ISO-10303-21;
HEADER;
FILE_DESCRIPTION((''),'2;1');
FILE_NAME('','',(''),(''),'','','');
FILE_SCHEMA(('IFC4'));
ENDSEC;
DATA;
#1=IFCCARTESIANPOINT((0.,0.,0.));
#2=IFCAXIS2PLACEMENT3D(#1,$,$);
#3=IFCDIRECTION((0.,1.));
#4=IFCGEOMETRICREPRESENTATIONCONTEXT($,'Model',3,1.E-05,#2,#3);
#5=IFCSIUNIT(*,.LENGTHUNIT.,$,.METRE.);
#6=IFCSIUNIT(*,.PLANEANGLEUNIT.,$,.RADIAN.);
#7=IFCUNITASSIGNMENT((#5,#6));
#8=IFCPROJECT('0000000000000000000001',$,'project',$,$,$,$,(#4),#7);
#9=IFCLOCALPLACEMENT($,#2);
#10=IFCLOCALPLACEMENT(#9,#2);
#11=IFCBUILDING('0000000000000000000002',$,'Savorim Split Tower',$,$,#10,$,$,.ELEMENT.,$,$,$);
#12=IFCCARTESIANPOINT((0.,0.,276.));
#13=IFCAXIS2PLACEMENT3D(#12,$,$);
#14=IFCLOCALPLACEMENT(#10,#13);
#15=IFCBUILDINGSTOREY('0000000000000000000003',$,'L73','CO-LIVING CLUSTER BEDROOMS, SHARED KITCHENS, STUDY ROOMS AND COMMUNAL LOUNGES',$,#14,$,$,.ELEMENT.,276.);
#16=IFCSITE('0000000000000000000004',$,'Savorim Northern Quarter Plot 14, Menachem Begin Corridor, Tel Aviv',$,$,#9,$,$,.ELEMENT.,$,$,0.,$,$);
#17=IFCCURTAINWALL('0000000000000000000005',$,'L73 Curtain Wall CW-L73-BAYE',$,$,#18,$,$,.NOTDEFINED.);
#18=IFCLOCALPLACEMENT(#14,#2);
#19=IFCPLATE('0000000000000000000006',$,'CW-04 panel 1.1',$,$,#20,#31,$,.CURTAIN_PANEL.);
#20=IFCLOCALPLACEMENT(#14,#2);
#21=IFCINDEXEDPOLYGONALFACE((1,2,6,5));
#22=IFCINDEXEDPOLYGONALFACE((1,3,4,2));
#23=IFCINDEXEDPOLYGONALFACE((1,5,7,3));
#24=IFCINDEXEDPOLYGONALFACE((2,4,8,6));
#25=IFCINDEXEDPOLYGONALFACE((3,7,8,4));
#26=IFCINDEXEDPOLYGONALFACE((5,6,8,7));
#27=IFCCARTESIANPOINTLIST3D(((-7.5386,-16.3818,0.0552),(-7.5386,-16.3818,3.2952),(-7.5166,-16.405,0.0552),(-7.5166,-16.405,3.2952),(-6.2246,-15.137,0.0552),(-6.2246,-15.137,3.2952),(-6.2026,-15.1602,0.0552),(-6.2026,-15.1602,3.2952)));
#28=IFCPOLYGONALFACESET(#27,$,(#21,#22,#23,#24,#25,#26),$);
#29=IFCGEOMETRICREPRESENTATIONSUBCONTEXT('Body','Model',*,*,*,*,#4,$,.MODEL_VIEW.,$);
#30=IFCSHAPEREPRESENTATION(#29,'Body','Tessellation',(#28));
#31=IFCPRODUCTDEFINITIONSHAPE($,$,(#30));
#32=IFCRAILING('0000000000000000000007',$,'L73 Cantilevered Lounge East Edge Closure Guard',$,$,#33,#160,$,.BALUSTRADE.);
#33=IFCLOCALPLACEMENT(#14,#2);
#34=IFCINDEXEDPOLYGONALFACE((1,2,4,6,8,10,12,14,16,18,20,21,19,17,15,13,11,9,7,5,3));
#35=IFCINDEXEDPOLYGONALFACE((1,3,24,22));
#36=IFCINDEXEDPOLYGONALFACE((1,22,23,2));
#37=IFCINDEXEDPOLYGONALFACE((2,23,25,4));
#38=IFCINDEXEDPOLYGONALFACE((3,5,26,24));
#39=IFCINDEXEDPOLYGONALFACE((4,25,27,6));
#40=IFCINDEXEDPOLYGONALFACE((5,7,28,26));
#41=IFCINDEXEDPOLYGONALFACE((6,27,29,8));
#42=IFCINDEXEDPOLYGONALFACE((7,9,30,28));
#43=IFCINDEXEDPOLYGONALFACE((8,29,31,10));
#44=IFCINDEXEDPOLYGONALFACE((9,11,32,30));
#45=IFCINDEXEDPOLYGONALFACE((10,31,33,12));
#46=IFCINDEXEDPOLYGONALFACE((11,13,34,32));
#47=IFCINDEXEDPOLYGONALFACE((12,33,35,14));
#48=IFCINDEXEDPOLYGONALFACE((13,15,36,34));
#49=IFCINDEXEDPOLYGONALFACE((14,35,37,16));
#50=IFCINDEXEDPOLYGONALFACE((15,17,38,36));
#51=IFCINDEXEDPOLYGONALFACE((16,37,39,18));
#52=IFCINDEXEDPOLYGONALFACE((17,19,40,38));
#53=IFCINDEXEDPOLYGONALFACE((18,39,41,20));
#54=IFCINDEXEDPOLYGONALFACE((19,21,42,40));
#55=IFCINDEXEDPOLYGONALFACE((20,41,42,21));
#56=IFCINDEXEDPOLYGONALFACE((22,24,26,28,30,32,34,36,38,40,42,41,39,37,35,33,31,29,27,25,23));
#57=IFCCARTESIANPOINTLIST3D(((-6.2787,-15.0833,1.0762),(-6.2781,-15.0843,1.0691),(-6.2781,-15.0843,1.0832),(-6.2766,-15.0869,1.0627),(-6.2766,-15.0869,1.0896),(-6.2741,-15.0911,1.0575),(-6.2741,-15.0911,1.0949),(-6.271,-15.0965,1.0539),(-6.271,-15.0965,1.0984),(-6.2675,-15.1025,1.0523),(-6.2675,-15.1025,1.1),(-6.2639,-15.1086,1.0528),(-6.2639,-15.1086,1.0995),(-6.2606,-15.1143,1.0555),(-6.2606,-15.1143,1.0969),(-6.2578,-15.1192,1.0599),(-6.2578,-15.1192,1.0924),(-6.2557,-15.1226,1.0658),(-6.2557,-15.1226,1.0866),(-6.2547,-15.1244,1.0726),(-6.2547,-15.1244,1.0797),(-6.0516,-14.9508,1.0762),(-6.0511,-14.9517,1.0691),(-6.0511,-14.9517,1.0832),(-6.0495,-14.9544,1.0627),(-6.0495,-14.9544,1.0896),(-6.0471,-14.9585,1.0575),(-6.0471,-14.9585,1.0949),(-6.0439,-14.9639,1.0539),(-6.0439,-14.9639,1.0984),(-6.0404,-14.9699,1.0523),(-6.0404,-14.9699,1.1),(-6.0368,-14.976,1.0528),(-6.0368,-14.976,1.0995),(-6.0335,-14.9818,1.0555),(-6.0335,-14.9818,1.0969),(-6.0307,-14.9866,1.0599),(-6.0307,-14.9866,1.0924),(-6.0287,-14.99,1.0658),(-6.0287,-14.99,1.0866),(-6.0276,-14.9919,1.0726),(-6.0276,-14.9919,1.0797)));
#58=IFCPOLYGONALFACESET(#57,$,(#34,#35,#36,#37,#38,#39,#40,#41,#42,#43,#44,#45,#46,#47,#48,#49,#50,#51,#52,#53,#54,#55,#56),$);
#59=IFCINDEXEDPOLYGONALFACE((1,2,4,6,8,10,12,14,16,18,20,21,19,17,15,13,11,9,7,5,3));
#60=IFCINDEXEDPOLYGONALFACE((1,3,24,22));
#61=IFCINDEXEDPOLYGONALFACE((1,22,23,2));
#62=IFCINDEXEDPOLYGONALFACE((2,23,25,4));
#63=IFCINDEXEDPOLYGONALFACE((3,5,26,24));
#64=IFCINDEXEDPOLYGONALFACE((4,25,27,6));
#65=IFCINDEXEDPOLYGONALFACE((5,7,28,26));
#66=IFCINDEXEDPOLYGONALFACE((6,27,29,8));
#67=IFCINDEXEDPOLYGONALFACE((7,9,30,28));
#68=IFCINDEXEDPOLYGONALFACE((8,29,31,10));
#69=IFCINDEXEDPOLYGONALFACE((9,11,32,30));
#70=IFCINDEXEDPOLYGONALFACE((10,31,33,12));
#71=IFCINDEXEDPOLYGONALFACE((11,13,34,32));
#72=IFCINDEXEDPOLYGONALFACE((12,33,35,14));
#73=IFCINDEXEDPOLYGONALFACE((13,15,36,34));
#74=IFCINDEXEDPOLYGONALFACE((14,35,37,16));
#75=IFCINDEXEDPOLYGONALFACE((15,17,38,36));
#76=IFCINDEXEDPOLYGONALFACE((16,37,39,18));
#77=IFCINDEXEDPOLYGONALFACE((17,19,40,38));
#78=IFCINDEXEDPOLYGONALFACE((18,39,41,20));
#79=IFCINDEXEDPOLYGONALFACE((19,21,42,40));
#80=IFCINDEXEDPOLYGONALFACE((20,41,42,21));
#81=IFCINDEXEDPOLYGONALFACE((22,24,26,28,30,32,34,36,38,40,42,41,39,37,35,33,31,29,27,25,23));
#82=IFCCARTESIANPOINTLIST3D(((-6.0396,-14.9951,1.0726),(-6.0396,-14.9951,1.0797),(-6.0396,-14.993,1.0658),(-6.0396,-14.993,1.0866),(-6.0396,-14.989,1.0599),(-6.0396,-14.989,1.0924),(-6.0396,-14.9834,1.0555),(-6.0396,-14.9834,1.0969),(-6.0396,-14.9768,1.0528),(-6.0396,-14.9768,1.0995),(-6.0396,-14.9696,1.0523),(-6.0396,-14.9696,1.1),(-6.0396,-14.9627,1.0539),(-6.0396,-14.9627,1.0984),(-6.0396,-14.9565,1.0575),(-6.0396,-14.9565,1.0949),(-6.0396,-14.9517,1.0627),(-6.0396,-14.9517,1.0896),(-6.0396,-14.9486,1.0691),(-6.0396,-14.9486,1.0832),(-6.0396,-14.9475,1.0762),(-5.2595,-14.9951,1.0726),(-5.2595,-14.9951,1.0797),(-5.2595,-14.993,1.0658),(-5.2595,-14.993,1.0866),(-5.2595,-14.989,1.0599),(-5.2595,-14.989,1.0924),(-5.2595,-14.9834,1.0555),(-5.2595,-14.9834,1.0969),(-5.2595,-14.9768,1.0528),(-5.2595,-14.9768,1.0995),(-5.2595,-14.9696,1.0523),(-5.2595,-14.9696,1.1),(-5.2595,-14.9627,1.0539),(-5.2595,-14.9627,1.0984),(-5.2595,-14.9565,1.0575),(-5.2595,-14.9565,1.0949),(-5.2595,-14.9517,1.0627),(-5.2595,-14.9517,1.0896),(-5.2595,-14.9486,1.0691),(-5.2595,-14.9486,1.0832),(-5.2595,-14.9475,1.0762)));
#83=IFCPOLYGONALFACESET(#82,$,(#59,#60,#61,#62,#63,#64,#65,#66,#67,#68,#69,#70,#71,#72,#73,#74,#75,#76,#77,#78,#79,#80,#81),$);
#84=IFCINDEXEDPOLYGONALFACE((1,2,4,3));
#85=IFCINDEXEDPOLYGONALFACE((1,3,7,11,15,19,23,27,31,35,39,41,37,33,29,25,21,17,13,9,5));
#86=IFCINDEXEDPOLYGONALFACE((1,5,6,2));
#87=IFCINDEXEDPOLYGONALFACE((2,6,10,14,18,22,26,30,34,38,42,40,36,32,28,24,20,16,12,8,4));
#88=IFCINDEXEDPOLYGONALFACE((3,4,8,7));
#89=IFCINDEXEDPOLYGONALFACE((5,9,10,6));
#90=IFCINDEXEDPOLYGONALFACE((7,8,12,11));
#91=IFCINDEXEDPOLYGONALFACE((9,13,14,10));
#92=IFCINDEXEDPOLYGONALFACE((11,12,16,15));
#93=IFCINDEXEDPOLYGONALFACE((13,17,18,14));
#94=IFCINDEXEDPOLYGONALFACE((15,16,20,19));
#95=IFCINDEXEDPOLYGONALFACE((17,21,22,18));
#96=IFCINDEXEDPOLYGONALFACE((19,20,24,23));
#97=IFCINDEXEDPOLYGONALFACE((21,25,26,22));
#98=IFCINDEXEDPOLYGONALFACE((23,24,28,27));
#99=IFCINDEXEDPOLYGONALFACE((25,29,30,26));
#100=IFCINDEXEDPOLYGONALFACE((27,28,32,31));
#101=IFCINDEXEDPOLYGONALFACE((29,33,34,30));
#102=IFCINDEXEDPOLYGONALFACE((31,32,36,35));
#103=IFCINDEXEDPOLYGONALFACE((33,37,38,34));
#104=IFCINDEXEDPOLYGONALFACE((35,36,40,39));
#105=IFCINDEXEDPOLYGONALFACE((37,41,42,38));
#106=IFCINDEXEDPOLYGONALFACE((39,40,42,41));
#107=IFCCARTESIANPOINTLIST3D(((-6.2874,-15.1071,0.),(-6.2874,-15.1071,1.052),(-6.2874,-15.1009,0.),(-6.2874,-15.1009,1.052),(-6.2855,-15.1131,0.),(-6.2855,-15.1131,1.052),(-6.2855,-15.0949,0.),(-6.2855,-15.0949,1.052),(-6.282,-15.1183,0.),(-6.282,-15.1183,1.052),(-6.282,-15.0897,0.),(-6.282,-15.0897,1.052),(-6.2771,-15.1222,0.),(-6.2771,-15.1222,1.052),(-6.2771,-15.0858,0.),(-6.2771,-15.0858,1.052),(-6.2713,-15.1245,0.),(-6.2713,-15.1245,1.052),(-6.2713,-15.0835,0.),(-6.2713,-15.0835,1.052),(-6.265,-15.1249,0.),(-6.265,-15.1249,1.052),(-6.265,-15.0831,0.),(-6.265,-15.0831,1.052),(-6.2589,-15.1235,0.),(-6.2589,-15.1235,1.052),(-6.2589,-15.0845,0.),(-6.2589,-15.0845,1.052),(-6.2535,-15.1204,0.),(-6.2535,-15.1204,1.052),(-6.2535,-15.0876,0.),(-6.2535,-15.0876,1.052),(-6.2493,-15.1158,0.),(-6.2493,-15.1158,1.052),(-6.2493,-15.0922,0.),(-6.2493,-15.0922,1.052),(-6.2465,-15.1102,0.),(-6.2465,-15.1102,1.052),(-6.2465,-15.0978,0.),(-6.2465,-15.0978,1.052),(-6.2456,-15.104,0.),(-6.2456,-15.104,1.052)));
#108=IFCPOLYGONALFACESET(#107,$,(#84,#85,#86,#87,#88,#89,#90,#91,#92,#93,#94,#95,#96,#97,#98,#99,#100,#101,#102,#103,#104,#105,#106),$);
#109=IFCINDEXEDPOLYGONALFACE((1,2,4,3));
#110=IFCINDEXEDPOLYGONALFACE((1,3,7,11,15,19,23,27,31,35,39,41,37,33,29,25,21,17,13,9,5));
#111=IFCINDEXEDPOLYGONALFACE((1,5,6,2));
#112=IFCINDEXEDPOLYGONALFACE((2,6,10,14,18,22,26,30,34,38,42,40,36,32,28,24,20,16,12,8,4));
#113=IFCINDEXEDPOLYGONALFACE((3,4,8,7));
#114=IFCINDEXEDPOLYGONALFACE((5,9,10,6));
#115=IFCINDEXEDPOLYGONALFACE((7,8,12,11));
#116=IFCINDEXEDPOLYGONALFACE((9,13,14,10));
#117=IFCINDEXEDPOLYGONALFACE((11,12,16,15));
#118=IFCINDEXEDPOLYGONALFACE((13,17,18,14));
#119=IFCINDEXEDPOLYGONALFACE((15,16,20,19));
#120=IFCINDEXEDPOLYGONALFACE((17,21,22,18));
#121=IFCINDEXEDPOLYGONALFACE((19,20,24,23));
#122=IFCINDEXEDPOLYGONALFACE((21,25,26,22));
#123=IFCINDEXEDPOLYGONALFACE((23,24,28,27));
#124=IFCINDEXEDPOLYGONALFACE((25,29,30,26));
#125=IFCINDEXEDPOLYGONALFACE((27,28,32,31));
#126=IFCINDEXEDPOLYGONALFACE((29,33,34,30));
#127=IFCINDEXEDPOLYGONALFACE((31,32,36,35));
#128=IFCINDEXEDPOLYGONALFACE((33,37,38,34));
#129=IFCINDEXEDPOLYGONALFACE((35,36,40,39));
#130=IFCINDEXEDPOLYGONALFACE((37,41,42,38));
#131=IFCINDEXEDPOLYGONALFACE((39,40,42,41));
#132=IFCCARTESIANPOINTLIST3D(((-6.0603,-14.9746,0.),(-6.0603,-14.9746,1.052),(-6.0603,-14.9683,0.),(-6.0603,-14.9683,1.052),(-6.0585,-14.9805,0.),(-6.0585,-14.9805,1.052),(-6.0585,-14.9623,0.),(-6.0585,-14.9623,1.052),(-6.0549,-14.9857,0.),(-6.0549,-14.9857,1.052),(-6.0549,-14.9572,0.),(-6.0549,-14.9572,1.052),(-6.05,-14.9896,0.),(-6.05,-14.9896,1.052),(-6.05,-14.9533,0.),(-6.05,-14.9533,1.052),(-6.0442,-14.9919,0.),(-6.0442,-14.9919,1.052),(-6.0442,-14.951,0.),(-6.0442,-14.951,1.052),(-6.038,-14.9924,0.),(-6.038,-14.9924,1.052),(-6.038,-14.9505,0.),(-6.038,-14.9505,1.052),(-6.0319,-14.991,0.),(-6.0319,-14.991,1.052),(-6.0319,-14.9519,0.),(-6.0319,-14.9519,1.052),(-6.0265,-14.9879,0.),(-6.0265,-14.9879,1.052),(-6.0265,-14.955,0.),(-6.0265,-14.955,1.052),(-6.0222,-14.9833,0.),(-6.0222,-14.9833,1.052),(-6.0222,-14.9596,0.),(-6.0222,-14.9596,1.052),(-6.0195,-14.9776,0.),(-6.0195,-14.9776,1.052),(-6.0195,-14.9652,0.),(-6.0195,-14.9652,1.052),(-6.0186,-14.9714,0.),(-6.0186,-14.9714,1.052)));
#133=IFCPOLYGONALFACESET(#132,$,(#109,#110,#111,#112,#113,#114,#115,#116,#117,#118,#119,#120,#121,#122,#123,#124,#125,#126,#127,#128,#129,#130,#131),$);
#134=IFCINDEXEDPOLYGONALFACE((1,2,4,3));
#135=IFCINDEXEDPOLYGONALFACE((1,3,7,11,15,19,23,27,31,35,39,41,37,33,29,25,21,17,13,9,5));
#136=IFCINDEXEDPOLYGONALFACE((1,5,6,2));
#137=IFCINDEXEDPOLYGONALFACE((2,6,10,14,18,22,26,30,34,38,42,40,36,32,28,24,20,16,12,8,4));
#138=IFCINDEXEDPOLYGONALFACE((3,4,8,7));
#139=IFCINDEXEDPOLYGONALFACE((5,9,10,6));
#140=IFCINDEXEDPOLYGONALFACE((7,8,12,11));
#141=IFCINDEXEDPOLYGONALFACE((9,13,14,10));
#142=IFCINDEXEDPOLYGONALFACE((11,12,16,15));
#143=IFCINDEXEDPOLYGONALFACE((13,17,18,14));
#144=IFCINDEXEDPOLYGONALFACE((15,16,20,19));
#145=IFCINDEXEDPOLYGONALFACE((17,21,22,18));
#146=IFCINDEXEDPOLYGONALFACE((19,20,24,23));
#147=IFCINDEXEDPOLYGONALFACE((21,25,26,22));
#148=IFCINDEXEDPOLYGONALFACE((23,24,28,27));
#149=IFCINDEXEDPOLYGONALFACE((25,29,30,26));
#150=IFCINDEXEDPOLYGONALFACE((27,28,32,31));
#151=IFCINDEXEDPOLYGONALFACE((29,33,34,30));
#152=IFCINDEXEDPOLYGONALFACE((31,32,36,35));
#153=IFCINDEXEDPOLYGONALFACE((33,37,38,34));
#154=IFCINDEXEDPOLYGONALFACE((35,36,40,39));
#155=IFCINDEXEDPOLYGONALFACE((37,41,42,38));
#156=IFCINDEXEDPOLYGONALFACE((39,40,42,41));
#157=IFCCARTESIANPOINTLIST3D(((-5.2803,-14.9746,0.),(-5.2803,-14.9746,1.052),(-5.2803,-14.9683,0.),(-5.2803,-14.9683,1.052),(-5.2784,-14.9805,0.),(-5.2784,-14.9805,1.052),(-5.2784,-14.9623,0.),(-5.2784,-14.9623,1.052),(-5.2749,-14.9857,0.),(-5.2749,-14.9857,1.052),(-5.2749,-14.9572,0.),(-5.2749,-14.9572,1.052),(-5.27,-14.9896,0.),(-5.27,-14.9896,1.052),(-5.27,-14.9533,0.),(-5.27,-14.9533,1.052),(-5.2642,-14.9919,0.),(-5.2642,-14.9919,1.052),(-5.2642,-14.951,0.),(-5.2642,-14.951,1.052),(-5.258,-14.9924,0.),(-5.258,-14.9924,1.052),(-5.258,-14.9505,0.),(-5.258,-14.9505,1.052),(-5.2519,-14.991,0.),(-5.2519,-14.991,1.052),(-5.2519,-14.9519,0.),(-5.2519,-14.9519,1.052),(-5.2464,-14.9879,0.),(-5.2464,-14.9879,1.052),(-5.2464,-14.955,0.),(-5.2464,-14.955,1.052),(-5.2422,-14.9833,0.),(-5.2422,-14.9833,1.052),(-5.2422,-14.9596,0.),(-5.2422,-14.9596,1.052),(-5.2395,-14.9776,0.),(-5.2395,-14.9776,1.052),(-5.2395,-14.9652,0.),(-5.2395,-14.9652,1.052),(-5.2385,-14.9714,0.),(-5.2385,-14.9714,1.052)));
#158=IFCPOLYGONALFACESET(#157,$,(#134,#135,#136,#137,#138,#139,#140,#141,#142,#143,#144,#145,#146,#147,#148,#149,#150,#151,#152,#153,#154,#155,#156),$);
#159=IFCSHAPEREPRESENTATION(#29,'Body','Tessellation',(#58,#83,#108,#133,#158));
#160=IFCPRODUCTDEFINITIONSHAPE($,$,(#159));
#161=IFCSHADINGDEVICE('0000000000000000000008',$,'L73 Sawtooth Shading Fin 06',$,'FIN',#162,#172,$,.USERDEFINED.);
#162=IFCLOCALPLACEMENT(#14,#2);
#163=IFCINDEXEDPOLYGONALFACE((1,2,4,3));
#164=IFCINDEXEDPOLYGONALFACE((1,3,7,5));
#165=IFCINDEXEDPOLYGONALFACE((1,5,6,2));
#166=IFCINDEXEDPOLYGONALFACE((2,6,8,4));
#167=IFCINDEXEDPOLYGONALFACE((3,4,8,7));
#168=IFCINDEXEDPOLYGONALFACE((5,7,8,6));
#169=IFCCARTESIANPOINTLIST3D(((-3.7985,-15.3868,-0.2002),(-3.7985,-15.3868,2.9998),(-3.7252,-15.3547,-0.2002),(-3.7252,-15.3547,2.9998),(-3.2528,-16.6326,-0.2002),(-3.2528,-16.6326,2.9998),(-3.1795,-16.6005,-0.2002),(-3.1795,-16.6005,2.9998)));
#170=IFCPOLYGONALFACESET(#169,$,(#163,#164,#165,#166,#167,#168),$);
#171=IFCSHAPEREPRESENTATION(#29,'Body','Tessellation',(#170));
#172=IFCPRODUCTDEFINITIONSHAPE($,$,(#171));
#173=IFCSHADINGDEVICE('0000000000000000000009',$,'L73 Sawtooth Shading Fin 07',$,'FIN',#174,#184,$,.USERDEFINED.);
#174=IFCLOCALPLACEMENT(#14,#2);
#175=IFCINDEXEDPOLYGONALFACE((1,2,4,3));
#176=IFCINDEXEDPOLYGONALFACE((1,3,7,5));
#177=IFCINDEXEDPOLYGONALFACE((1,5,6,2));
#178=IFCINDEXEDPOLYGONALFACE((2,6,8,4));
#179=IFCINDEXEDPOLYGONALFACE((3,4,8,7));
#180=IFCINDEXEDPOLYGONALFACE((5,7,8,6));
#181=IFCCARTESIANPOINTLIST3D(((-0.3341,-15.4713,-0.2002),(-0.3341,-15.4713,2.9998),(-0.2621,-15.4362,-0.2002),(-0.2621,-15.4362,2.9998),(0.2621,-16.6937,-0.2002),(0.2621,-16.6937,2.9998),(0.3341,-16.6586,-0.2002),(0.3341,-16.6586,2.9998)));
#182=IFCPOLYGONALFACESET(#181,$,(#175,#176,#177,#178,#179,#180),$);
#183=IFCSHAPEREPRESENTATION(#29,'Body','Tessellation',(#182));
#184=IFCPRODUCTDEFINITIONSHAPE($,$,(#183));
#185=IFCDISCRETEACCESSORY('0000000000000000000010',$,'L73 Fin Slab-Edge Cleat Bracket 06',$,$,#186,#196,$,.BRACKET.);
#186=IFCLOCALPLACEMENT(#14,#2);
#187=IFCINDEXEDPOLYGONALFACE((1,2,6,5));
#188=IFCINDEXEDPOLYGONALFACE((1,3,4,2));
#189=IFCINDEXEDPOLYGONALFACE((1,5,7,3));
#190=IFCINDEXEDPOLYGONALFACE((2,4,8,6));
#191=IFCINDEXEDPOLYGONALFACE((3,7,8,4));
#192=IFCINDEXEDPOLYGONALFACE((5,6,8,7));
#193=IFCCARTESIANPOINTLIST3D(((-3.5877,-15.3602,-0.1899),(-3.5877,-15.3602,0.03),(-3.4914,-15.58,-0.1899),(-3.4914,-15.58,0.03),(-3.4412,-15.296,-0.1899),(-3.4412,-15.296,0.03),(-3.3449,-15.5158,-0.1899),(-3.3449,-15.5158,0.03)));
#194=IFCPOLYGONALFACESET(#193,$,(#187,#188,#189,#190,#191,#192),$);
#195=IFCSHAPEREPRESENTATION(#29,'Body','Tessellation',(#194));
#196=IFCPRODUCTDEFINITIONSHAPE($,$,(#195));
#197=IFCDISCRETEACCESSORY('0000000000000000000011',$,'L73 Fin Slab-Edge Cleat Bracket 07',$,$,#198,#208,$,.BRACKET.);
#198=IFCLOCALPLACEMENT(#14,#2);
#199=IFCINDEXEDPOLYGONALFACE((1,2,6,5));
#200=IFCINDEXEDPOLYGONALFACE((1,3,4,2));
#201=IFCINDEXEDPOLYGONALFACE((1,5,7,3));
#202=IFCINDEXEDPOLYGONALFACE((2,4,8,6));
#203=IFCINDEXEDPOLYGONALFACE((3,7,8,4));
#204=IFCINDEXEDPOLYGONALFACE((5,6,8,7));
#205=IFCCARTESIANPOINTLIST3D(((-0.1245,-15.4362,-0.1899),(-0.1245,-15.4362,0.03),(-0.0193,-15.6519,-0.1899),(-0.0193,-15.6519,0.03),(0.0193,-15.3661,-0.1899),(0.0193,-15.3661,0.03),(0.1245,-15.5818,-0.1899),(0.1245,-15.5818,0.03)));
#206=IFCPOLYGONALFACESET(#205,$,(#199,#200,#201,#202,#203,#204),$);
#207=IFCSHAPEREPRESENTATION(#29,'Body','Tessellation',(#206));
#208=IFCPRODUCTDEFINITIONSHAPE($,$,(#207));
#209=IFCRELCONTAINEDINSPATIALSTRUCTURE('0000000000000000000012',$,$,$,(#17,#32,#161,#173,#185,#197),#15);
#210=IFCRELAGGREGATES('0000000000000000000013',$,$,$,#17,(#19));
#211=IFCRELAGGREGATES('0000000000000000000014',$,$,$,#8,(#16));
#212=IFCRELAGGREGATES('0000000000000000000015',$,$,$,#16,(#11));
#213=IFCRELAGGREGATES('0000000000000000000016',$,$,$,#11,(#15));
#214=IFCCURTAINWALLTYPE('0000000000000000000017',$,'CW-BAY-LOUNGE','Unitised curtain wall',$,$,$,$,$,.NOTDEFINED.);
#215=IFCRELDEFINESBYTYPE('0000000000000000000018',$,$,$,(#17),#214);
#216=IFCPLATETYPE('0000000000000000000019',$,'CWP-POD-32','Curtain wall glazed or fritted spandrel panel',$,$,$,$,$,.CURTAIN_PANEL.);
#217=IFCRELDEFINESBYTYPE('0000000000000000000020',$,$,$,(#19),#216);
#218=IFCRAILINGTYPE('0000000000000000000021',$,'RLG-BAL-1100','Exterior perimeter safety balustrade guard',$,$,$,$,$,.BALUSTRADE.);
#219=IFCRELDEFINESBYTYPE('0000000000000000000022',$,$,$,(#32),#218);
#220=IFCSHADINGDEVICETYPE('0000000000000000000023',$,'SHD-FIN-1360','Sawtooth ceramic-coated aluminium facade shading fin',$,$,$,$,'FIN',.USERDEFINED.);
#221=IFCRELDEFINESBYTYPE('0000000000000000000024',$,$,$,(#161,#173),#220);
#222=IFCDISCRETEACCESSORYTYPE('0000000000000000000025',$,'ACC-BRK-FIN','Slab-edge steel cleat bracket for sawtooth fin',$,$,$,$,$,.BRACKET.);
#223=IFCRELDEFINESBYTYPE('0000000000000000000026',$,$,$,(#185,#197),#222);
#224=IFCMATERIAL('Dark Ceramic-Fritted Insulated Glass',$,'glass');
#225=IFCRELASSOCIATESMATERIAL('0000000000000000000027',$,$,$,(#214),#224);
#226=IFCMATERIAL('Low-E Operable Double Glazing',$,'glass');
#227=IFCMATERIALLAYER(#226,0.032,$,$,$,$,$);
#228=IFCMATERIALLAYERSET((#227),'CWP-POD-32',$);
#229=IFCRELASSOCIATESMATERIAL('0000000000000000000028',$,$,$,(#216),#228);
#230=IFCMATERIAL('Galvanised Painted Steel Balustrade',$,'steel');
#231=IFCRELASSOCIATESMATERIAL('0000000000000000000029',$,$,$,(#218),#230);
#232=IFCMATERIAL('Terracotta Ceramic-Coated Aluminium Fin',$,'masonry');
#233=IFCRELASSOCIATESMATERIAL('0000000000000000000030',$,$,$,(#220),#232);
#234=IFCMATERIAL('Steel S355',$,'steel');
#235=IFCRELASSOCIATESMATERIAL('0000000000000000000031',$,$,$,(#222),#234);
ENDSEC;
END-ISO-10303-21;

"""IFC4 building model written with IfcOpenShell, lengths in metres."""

from ifc_helpers import new_model, si_unit, direction, frame, origin, origin_2d, place, context, subcontext, project, spatial, rectangle, circle, extrude, material, layer, layer_set, type_object, element, aggregate, save


model = new_model("IFC4")

# Units and contexts
model_context = context("Model", 3, precision=1e-05, world=origin(), true_north=direction((0.0, 1.0)))
body_context = subcontext(model_context, "Body", "Model", "MODEL_VIEW")
ifc_project = project(units=[si_unit("LENGTHUNIT", "METRE"), si_unit("PLANEANGLEUNIT", "RADIAN")], contexts=[model_context])

# Site, building, storey
site_placement = place(None, origin())
site = spatial("IfcSite", under=ifc_project, at=site_placement, Name="Savorim Northern Quarter Plot 14, Menachem Begin Corridor, Tel Aviv", CompositionType="ELEMENT", RefElevation=0.0)
building_placement = place(site_placement, origin())
building = spatial("IfcBuilding", under=site, at=building_placement, Name="Savorim Split Tower", CompositionType="ELEMENT")
storey_placement = place(building_placement, frame((0.0, 0.0, 276.0)))
storey = spatial("IfcBuildingStorey", under=building, at=storey_placement, Name="L73", Description="CO-LIVING CLUSTER BEDROOMS, SHARED KITCHENS, STUDY ROOMS AND COMMUNAL LOUNGES", CompositionType="ELEMENT", Elevation=276.0)

# Shared definitions
ifc_material_1 = material(Name="Steel S355", Category="steel")

# Shared definitions
ifc_material_2 = material(Name="Dark Ceramic-Fritted Insulated Glass", Category="glass")

# Shared definitions
curtain_wall_type_1 = type_object("IfcCurtainWallType", Name="CW-BAY-LOUNGE", Description="Unitised curtain wall", PredefinedType="NOTDEFINED", material=ifc_material_2)

# Curtain wall
curtain_wall_1_placement = place(storey_placement, origin())
curtain_wall_1 = element("IfcCurtainWall", 1, at=curtain_wall_1_placement, inside=storey, type_object=curtain_wall_type_1, Name="L73 Curtain Wall CW-L73-BAYE", PredefinedType="NOTDEFINED")

# Plate
ifc_material_3 = material(Name="Low-E Operable Double Glazing", Category="glass")
ifc_layer_1 = layer(ifc_material_3, 0.032)
ifc_layer_set_1 = layer_set([ifc_layer_1], Name="CWP-POD-32")
plate_type_1 = type_object("IfcPlateType", Name="CWP-POD-32", Description="Curtain wall glazed or fritted spandrel panel", PredefinedType="CURTAIN_PANEL", material=ifc_layer_set_1)
plate_1_placement = place(storey_placement, frame((-6.8706, -15.771, 0.0552), z_axis=(0.0, 0.0, 1.0), x_axis=(0.725947, 0.68775, 0.0)))
plate_1 = element("IfcPlate", 2, at=plate_1_placement, type_object=plate_type_1, Name="CW-04 panel 1.1", PredefinedType="CURTAIN_PANEL", context=body_context, shape_type="SweptSolid", body=[
    extrude(rectangle(XDim=1.8101, YDim=0.032, at=origin_2d()), origin(), (0.0, 0.0, 1.0), 3.24),
])
aggregate(curtain_wall_1, [plate_1])

# Railing
ifc_material_4 = material(Name="Galvanised Painted Steel Balustrade", Category="steel")
railing_type = type_object("IfcRailingType", Name="RLG-BAL-1100", Description="Exterior perimeter safety balustrade guard", PredefinedType="BALUSTRADE", material=ifc_material_4)
railing_placement = place(storey_placement, frame((-6.2666, -15.104, 0.0)))
element("IfcRailing", 3, at=railing_placement, inside=storey, type_object=railing_type, Name="L73 Cantilevered Lounge East Edge Closure Guard", PredefinedType="BALUSTRADE", context=body_context, shape_type="SweptSolid", body=[
    extrude(circle(Radius=0.0239, at=origin_2d()), frame((0.0, 0.0, 1.0762), z_axis=(0.863577, 0.504217, 0.0), x_axis=(-0.504217, 0.863577, 0.0)), (0.0, 0.0, 1.0), 0.2629),
    extrude(circle(Radius=0.0239, at=origin_2d()), frame((0.2271, 0.1326, 1.0762), z_axis=(1.0, 0.0, 0.0), x_axis=(0.0, 1.0, 0.0)), (0.0, 0.0, 1.0), 0.78),
    extrude(circle(Radius=0.021, at=origin_2d()), origin(), (0.0, 0.0, 1.0), 1.052),
    extrude(circle(Radius=0.021, at=origin_2d()), frame((0.2271, 0.1326, 0.0)), (0.0, 0.0, 1.0), 1.052),
    extrude(circle(Radius=0.021, at=origin_2d()), frame((1.0071, 0.1326, 0.0)), (0.0, 0.0, 1.0), 1.052),
])

# Shading devices
ifc_material_5 = material(Name="Terracotta Ceramic-Coated Aluminium Fin", Category="masonry")
shading_device_type = type_object("IfcShadingDeviceType", Name="SHD-FIN-1360", Description="Sawtooth ceramic-coated aluminium facade shading fin", ElementType="FIN", PredefinedType="USERDEFINED", material=ifc_material_5)
for number, where, z_axis, x_axis, name in (
    (4, (-3.489, -15.9937, -0.2002), (0.0, 0.0, 1.0), (0.40123, -0.915977, 0.0), "L73 Sawtooth Shading Fin 06"),
    (5, (0.0, -16.0649, -0.2002), (0.0, 0.0, 1.0), (0.438371, -0.898794, 0.0), "L73 Sawtooth Shading Fin 07"),
):
    element("IfcShadingDevice", number, at=place(storey_placement, frame(where, z_axis=z_axis, x_axis=x_axis)), inside=storey, type_object=shading_device_type, Name=name, ObjectType="FIN", PredefinedType="USERDEFINED", context=body_context, shape_type="SweptSolid", body=[
        extrude(rectangle(XDim=1.3601, YDim=0.0801, at=origin_2d()), origin(), (0.0, 0.0, 1.0), 3.2),
    ])

# Discrete accessories
discrete_accessory_type = type_object("IfcDiscreteAccessoryType", Name="ACC-BRK-FIN", Description="Slab-edge steel cleat bracket for sawtooth fin", PredefinedType="BRACKET", material=ifc_material_1)
for number, where, z_axis, x_axis, name in (
    (6, (-3.4663, -15.438, -0.1899), (0.0, 0.0, 1.0), (0.40123, -0.915977, 0.0), "L73 Fin Slab-Edge Cleat Bracket 06"),
    (7, (0.0, -15.509, -0.1899), (0.0, 0.0, 1.0), (0.438371, -0.898794, 0.0), "L73 Fin Slab-Edge Cleat Bracket 07"),
):
    element("IfcDiscreteAccessory", number, at=place(storey_placement, frame(where, z_axis=z_axis, x_axis=x_axis)), inside=storey, type_object=discrete_accessory_type, Name=name, PredefinedType="BRACKET", context=body_context, shape_type="SweptSolid", body=[
        extrude(rectangle(XDim=0.24, YDim=0.1599, at=origin_2d()), origin(), (0.0, 0.0, 1.0), 0.22),
    ])

save(model, "model.ifc")
